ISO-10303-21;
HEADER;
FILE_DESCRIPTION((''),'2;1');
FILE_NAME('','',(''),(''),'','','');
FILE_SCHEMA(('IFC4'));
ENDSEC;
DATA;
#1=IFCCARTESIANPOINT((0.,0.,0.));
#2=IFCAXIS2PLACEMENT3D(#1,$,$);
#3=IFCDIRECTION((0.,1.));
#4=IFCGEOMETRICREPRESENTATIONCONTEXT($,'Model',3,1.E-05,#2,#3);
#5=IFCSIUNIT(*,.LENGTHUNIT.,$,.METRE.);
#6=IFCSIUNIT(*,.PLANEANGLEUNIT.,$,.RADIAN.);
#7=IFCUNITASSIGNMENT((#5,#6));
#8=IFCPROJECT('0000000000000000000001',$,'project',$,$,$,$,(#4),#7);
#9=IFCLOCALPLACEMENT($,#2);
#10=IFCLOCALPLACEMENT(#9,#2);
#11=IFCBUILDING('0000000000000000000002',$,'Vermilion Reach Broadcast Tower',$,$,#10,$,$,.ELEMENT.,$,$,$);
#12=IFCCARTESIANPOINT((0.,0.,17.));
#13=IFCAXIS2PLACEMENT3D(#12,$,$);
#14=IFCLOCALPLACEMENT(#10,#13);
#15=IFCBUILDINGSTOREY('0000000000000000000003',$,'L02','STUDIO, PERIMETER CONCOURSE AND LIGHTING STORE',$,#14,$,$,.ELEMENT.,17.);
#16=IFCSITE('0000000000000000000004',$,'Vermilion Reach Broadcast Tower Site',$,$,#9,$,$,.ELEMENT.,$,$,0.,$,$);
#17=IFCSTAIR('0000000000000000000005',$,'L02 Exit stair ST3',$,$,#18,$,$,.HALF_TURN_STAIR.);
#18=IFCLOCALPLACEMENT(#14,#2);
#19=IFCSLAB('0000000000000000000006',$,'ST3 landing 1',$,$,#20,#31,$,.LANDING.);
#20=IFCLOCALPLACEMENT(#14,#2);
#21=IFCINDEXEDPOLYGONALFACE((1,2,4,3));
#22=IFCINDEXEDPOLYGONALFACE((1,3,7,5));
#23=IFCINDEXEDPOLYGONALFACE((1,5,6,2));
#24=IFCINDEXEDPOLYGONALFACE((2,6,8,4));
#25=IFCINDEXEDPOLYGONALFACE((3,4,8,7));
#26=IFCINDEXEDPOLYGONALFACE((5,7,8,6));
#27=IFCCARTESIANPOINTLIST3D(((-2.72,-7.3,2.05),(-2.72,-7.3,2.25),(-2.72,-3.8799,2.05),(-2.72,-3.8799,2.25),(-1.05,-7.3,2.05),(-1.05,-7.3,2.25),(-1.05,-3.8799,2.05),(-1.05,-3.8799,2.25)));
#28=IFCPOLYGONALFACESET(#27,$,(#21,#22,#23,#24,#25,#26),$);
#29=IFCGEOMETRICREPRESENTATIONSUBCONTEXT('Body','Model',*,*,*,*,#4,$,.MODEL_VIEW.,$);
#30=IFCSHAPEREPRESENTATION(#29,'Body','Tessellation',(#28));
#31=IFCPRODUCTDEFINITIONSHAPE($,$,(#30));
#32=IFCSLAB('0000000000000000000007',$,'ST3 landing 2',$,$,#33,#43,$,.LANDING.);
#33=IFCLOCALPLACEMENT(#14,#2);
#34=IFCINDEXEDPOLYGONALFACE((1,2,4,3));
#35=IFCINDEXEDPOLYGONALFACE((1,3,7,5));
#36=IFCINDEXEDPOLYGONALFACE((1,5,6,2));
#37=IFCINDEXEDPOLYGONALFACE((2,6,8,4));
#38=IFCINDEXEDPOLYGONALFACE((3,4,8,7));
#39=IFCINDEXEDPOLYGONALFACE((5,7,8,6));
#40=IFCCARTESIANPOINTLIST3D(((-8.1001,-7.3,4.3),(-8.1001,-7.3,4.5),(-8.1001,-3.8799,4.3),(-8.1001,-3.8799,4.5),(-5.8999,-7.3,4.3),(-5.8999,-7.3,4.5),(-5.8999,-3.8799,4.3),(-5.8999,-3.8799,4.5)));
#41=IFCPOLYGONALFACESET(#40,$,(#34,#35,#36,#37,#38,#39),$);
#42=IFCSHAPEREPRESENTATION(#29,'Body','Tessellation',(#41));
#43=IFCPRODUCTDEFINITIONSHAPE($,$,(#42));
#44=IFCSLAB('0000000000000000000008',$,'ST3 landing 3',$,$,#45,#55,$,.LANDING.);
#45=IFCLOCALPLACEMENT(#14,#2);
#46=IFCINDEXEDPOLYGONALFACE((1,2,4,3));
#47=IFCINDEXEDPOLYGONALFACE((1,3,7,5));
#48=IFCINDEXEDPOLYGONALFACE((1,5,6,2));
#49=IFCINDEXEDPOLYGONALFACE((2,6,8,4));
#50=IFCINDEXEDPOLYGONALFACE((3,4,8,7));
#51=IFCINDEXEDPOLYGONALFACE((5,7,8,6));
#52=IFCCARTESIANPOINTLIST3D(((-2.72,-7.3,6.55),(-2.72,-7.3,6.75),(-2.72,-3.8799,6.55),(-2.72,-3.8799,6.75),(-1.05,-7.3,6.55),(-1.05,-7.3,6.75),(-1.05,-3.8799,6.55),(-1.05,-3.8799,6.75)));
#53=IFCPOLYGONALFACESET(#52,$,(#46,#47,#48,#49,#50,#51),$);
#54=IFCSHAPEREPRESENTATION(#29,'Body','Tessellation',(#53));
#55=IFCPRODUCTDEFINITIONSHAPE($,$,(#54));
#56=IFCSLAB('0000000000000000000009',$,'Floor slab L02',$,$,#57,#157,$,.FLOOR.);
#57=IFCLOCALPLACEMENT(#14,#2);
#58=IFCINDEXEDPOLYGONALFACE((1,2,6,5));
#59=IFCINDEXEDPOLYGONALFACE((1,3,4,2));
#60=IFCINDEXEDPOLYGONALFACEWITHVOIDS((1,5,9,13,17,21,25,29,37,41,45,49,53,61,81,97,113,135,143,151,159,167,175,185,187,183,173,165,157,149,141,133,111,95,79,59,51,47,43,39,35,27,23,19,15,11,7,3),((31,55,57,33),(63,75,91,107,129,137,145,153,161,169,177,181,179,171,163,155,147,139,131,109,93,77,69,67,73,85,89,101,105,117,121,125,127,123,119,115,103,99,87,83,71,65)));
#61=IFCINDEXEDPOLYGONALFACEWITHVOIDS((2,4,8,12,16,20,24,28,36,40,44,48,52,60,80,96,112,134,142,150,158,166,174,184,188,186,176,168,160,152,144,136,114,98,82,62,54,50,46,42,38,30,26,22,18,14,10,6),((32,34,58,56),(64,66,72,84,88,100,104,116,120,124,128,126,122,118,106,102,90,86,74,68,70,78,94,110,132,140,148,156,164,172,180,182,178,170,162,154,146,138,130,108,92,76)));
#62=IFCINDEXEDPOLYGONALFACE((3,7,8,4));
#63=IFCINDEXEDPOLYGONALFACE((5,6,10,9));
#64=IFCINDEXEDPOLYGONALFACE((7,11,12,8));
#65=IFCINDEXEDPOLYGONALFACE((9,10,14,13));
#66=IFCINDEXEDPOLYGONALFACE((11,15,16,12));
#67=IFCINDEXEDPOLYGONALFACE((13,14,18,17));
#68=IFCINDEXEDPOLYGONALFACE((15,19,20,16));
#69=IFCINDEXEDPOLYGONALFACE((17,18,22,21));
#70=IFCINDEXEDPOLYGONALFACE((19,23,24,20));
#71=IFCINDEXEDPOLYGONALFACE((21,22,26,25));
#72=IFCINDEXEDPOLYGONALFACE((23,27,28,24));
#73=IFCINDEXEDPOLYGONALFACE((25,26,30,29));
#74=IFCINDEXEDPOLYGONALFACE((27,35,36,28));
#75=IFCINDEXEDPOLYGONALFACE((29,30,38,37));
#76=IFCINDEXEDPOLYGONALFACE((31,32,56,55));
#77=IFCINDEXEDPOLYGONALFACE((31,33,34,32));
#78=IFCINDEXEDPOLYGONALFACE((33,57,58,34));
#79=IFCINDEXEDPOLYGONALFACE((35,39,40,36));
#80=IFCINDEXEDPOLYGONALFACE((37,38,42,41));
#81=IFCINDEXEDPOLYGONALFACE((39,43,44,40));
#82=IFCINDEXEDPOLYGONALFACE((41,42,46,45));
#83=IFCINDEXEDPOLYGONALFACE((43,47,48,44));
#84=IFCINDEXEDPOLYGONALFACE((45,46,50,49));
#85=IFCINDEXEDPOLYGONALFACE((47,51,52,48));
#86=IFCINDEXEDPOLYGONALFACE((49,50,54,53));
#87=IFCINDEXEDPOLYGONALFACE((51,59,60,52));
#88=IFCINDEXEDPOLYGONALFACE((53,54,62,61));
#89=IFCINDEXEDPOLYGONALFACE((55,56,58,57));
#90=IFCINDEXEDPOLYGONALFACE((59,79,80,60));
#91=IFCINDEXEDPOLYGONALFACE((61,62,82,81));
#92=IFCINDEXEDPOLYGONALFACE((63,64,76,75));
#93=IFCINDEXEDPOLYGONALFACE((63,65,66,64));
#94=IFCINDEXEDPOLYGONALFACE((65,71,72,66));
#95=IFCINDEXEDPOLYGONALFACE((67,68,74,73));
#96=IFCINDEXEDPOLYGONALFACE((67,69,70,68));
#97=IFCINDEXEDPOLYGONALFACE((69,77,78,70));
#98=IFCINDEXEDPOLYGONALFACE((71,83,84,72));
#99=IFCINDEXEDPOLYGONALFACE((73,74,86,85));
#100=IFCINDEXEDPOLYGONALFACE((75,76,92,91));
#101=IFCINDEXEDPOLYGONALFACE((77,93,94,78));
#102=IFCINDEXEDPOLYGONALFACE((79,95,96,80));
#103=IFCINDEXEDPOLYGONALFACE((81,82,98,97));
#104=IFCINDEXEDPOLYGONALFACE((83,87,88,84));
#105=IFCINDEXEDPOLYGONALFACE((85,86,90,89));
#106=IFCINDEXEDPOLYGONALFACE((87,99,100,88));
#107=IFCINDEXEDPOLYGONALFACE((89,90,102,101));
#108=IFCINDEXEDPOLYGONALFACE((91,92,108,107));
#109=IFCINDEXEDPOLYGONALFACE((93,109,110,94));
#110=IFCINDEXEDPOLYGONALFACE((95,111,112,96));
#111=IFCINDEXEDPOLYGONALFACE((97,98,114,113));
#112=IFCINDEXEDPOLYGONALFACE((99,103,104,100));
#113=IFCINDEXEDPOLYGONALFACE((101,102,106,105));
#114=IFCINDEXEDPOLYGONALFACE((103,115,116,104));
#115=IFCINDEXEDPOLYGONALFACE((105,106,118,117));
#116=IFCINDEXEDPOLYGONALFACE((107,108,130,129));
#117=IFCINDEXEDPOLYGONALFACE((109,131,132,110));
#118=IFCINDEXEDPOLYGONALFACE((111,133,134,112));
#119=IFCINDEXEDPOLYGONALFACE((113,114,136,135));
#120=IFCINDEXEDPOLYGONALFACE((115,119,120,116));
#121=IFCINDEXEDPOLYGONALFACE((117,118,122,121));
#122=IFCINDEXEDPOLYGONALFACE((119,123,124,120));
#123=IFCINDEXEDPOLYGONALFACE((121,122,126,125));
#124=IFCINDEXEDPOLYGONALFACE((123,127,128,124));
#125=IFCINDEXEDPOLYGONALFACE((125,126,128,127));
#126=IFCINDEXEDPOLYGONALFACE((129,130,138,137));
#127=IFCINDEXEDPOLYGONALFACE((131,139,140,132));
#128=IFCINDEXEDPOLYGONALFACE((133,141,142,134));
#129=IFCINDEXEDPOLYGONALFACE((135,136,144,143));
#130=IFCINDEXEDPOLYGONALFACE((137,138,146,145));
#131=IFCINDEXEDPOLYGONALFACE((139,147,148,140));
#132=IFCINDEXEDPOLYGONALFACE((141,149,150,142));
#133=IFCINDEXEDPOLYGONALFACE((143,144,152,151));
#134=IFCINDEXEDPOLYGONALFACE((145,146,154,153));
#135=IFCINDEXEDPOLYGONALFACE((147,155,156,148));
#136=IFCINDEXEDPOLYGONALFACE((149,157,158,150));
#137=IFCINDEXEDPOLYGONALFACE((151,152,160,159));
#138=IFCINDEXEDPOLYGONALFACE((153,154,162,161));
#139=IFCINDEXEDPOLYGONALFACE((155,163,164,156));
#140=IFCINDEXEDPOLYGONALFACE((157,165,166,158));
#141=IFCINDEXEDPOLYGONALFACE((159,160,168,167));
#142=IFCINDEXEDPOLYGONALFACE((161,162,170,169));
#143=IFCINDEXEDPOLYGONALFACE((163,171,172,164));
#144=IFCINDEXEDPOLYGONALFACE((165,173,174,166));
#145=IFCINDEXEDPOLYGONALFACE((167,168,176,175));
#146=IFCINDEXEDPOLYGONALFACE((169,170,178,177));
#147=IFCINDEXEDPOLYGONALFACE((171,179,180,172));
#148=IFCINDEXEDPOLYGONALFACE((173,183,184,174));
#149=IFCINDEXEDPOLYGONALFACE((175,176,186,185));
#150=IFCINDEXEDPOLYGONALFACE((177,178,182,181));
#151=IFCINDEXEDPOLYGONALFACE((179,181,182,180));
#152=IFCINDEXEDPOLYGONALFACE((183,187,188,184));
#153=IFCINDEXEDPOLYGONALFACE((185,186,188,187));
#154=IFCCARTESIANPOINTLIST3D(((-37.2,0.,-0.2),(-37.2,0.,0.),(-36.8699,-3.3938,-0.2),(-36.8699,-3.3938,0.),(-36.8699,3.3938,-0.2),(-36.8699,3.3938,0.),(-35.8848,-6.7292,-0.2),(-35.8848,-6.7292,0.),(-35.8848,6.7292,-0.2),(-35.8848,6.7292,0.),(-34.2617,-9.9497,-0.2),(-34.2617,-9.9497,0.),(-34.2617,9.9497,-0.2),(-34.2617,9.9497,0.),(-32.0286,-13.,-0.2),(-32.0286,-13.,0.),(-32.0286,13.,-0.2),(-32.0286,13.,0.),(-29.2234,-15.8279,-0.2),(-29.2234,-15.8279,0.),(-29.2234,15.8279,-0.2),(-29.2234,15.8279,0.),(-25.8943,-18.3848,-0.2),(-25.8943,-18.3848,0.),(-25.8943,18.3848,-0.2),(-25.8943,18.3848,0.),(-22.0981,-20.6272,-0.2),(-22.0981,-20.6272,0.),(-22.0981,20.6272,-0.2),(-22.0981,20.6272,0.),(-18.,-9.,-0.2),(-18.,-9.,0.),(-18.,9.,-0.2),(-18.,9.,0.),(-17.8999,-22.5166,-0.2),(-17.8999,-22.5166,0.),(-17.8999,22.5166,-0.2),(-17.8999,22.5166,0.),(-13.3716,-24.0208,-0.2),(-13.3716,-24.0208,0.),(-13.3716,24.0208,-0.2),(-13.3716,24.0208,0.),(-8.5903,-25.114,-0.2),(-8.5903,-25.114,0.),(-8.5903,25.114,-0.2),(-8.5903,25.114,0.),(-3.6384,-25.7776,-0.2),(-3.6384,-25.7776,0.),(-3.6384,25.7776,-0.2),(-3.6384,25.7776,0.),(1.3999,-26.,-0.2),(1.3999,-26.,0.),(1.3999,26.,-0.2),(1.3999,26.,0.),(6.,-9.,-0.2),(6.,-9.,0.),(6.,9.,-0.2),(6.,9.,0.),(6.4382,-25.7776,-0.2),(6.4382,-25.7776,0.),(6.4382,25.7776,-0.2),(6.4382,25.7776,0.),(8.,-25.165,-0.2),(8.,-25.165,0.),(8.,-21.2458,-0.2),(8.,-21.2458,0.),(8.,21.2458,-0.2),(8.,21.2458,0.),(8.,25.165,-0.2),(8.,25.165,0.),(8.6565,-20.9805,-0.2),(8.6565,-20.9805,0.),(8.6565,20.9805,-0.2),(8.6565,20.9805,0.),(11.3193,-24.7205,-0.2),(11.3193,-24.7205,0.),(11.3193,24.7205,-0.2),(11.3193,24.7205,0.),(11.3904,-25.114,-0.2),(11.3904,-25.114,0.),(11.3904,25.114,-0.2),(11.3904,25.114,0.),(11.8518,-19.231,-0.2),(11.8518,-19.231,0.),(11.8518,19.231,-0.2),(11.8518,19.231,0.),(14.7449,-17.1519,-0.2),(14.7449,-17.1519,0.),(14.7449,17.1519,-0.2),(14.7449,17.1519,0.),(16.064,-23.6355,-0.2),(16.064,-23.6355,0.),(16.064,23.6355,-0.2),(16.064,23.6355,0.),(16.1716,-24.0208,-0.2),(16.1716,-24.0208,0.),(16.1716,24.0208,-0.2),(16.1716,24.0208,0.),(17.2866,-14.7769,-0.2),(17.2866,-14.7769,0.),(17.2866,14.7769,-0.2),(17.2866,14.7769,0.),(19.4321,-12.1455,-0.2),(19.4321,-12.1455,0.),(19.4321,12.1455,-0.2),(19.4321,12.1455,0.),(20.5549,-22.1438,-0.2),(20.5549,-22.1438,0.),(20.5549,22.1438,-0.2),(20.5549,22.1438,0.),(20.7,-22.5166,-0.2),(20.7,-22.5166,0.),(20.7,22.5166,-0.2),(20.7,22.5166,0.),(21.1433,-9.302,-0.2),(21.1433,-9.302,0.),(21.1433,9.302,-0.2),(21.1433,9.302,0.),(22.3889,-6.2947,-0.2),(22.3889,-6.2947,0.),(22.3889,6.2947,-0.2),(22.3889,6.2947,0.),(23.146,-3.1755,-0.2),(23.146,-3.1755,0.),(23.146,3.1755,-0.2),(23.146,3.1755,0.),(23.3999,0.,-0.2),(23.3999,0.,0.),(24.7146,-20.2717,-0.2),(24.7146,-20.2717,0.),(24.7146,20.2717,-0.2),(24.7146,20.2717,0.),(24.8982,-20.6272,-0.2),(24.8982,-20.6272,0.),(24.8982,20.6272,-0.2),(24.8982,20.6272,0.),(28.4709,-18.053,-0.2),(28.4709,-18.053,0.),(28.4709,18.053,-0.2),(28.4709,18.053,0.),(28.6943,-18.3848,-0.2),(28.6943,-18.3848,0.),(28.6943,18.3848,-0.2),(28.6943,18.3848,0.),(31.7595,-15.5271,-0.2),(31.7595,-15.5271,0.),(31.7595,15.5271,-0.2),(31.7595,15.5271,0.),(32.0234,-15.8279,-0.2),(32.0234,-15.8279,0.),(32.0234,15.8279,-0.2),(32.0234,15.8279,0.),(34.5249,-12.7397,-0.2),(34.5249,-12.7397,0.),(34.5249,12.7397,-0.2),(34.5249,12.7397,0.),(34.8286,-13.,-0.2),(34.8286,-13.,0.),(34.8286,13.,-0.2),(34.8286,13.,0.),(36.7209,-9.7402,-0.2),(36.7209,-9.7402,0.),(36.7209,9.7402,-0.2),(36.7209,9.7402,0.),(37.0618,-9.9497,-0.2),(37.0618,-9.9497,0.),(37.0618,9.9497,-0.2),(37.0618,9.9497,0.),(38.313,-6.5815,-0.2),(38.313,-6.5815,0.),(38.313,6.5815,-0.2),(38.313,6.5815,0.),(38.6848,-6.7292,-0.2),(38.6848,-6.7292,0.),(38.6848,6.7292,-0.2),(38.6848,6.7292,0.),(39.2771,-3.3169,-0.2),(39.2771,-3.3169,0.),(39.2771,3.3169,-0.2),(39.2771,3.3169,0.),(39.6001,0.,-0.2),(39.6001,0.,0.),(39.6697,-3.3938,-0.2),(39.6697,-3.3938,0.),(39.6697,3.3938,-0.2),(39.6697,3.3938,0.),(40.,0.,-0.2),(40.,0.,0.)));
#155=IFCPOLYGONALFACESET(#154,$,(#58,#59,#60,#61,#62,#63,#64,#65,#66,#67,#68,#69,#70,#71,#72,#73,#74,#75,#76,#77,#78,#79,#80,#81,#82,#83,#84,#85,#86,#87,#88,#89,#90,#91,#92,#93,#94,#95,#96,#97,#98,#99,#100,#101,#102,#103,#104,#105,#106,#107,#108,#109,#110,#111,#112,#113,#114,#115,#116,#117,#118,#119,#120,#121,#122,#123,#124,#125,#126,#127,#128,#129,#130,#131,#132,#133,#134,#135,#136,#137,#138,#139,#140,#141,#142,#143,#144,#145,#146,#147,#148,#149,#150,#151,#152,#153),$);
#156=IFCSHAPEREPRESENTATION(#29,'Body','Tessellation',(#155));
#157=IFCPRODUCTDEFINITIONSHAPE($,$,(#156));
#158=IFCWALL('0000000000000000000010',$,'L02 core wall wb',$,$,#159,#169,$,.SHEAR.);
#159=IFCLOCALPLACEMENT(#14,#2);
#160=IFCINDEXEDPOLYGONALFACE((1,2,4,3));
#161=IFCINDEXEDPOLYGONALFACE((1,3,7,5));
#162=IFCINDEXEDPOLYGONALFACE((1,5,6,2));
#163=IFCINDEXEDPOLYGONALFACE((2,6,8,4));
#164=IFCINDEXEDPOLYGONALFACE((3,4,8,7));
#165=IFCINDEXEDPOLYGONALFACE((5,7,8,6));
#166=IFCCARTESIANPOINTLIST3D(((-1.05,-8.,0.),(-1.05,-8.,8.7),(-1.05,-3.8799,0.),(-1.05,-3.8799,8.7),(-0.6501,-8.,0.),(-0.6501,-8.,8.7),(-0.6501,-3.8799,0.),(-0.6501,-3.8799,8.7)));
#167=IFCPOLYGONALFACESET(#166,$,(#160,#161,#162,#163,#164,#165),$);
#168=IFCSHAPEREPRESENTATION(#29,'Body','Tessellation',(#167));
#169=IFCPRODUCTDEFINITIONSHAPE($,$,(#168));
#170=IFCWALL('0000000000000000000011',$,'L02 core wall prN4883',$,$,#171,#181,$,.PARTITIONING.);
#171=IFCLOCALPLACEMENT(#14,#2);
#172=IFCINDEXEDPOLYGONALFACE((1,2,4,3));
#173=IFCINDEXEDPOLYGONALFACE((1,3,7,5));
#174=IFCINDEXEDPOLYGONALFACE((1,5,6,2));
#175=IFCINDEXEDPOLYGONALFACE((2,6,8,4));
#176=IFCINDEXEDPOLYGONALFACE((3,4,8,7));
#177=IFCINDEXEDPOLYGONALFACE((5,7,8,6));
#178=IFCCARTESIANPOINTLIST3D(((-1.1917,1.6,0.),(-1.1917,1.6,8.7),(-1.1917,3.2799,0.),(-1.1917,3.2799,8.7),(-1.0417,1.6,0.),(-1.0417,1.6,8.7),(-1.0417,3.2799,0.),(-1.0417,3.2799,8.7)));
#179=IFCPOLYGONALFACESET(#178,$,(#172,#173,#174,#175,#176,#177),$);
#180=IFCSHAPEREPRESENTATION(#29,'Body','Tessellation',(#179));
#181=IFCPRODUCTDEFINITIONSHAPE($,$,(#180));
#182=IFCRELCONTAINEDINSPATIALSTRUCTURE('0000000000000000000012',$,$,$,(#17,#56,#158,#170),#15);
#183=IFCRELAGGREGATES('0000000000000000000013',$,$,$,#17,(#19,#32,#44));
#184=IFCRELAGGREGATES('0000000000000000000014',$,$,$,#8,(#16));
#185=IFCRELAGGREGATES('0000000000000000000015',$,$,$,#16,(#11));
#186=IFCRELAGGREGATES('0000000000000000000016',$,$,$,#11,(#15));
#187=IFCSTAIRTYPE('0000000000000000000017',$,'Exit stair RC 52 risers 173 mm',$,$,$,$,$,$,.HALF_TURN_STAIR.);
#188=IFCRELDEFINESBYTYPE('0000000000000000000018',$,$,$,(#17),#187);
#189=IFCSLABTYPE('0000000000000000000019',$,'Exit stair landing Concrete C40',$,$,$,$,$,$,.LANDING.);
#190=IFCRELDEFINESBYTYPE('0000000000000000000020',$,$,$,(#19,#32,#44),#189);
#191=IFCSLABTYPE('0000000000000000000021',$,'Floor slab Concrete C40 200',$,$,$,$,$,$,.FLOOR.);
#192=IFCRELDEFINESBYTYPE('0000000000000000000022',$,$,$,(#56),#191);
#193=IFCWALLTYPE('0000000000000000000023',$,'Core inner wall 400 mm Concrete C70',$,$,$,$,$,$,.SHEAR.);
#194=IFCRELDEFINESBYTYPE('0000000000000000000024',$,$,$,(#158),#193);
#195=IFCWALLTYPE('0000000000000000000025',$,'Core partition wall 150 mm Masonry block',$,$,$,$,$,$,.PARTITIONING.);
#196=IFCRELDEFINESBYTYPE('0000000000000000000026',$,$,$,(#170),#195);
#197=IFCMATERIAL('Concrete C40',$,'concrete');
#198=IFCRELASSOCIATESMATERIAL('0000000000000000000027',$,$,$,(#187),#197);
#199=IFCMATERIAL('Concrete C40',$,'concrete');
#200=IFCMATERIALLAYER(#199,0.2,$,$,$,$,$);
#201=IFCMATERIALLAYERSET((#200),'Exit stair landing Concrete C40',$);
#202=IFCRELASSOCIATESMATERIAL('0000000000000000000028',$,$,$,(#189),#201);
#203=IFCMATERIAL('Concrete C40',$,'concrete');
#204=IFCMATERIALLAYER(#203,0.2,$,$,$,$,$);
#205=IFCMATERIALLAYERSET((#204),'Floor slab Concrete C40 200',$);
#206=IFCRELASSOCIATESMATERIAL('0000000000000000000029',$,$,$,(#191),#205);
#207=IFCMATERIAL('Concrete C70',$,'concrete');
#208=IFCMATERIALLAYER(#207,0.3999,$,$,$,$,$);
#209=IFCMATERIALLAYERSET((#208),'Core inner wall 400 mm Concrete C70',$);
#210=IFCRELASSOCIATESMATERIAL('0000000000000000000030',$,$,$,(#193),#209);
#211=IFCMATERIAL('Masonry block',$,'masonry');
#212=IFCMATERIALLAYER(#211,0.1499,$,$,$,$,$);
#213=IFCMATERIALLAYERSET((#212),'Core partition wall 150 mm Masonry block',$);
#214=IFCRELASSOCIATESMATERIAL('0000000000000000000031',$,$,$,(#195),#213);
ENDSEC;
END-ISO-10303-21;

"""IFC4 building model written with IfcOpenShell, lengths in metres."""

from ifc_helpers import new_model, si_unit, direction, frame, frame_2d, origin, place, context, subcontext, project, spatial, polyline, rectangle, outline, extrude, material, layer, layer_set, type_object, element, aggregate, save


model = new_model("IFC4")

# Units and contexts
model_context = context("Model", 3, precision=1e-05, world=origin(), true_north=direction((0.0, 1.0)))
body_context = subcontext(model_context, "Body", "Model", "MODEL_VIEW")
ifc_project = project(units=[si_unit("LENGTHUNIT", "METRE"), si_unit("PLANEANGLEUNIT", "RADIAN")], contexts=[model_context])

# Site, building, storey
site_placement = place(None, origin())
site = spatial("IfcSite", under=ifc_project, at=site_placement, Name="Vermilion Reach Broadcast Tower Site", CompositionType="ELEMENT", RefElevation=0.0)
building_placement = place(site_placement, origin())
building = spatial("IfcBuilding", under=site, at=building_placement, Name="Vermilion Reach Broadcast Tower", CompositionType="ELEMENT")
storey_placement = place(building_placement, frame((0.0, 0.0, 17.0)))
storey = spatial("IfcBuildingStorey", under=building, at=storey_placement, Name="L02", Description="STUDIO, PERIMETER CONCOURSE AND LIGHTING STORE", CompositionType="ELEMENT", Elevation=17.0)

# Stair, slabs
ifc_material_1 = material(Name="Concrete C40", Category="concrete")
stair_type = type_object("IfcStairType", Name="Exit stair RC 52 risers 173 mm", PredefinedType="HALF_TURN_STAIR", material=ifc_material_1)
placement_1 = place(storey_placement, origin())
ifc_material_2 = material(Name="Concrete C40", Category="concrete")
ifc_layer_1 = layer(ifc_material_2, 0.2)
ifc_layer_set_1 = layer_set([ifc_layer_1], Name="Exit stair landing Concrete C40")
slab_type_1 = type_object("IfcSlabType", Name="Exit stair landing Concrete C40", PredefinedType="LANDING", material=ifc_layer_set_1)
placement_2 = place(storey_placement, frame((0.0, 0.0, 2.05)))
placement_3 = place(storey_placement, frame((0.0, 0.0, 4.3)))
placement_4 = place(storey_placement, frame((0.0, 0.0, 6.55)))
stair_1 = element("IfcStair", 1, at=placement_1, inside=storey, type_object=stair_type, Name="L02 Exit stair ST3", PredefinedType="HALF_TURN_STAIR")
slab_1 = element("IfcSlab", 2, at=placement_2, type_object=slab_type_1, Name="ST3 landing 1", PredefinedType="LANDING", context=body_context, shape_type="SweptSolid", body=[
    extrude(outline(polyline([(-2.72, -7.3), (-1.05, -7.3), (-1.05, -3.8799), (-2.72, -3.8799), (-2.72, -7.3)])), origin(), (0.0, 0.0, 1.0), 0.2),
])
slab_2 = element("IfcSlab", 3, at=placement_3, type_object=slab_type_1, Name="ST3 landing 2", PredefinedType="LANDING", context=body_context, shape_type="SweptSolid", body=[
    extrude(outline(polyline([(-8.1001, -7.3), (-5.8999, -7.3), (-5.8999, -3.8799), (-8.1001, -3.8799), (-8.1001, -7.3)])), origin(), (0.0, 0.0, 1.0), 0.2),
])
slab_3 = element("IfcSlab", 4, at=placement_4, type_object=slab_type_1, Name="ST3 landing 3", PredefinedType="LANDING", context=body_context, shape_type="SweptSolid", body=[
    extrude(outline(polyline([(-2.72, -7.3), (-1.05, -7.3), (-1.05, -3.8799), (-2.72, -3.8799), (-2.72, -7.3)])), origin(), (0.0, 0.0, 1.0), 0.2),
])

# Slab
ifc_material_3 = material(Name="Concrete C40", Category="concrete")
ifc_layer_2 = layer(ifc_material_3, 0.2)
ifc_layer_set_2 = layer_set([ifc_layer_2], Name="Floor slab Concrete C40 200")
slab_type_2 = type_object("IfcSlabType", Name="Floor slab Concrete C40 200", PredefinedType="FLOOR", material=ifc_layer_set_2)
slab_4_placement = place(storey_placement, frame((0.0, 0.0, -0.2)))
element("IfcSlab", 5, at=slab_4_placement, inside=storey, type_object=slab_type_2, Name="Floor slab L02", PredefinedType="FLOOR", context=body_context, shape_type="SweptSolid", body=[
    extrude(outline(polyline([(40.0, 0.0), (39.6697, 3.3938), (38.6848, 6.7292), (37.0618, 9.9497), (34.8286, 13.0), (32.0234, 15.8279), (28.6943, 18.3848), (24.8982, 20.6272), (20.7, 22.5166), (16.1716, 24.0208), (11.3904, 25.114), (6.4382, 25.7776), (1.3999, 26.0), (-3.6384, 25.7776), (-8.5903, 25.114), (-13.3716, 24.0208), (-17.8999, 22.5166), (-22.0981, 20.6272), (-25.8943, 18.3848), (-29.2234, 15.8279), (-32.0286, 13.0), (-34.2617, 9.9497), (-35.8848, 6.7292), (-36.8699, 3.3938), (-37.2, 0.0), (-36.8699, -3.3938), (-35.8848, -6.7292), (-34.2617, -9.9497), (-32.0286, -13.0), (-29.2234, -15.8279), (-25.8943, -18.3848), (-22.0981, -20.6272), (-17.8999, -22.5166), (-13.3716, -24.0208), (-8.5903, -25.114), (-3.6384, -25.7776), (1.3999, -26.0), (6.4382, -25.7776), (11.3904, -25.114), (16.1716, -24.0208), (20.7, -22.5166), (24.8982, -20.6272), (28.6943, -18.3848), (32.0234, -15.8279), (34.8286, -13.0), (37.0618, -9.9497), (38.6848, -6.7292), (39.6697, -3.3938), (40.0, 0.0)]), holes=[polyline([(8.0, 25.165), (8.0, 21.2458), (8.6565, 20.9805), (11.8518, 19.231), (14.7449, 17.1519), (17.2866, 14.7769), (19.4321, 12.1455), (21.1433, 9.302), (22.3889, 6.2947), (23.146, 3.1755), (23.3999, 0.0), (23.146, -3.1755), (22.3889, -6.2947), (21.1433, -9.302), (19.4321, -12.1455), (17.2866, -14.7769), (14.7449, -17.1519), (11.8518, -19.231), (8.6565, -20.9805), (8.0, -21.2458), (8.0, -25.165), (11.3193, -24.7205), (16.064, -23.6355), (20.5549, -22.1438), (24.7146, -20.2717), (28.4709, -18.053), (31.7595, -15.5271), (34.5249, -12.7397), (36.7209, -9.7402), (38.313, -6.5815), (39.2771, -3.3169), (39.6001, 0.0), (39.2771, 3.3169), (38.313, 6.5815), (36.7209, 9.7402), (34.5249, 12.7397), (31.7595, 15.5271), (28.4709, 18.053), (24.7146, 20.2717), (20.5549, 22.1438), (16.064, 23.6355), (11.3193, 24.7205), (8.0, 25.165)]), polyline([(-18.0, -9.0), (6.0, -9.0), (6.0, 9.0), (-18.0, 9.0), (-18.0, -9.0)])]), origin(), (0.0, 0.0, 1.0), 0.2),
])

# Walls
ifc_material_4 = material(Name="Concrete C70", Category="concrete")
ifc_layer_3 = layer(ifc_material_4, 0.3999)
ifc_layer_set_3 = layer_set([ifc_layer_3], Name="Core inner wall 400 mm Concrete C70")
wall_type_1 = type_object("IfcWallType", Name="Core inner wall 400 mm Concrete C70", PredefinedType="SHEAR", material=ifc_layer_set_3)
wall_1_placement = place(storey_placement, frame((-0.8501, -3.8799, 0.0), z_axis=(0.0, 0.0, 1.0), x_axis=(0.0, -1.0, 0.0)))
element("IfcWall", 6, at=wall_1_placement, inside=storey, type_object=wall_type_1, Name="L02 core wall wb", PredefinedType="SHEAR", context=body_context, shape_type="SweptSolid", body=[
    extrude(rectangle(XDim=4.1201, YDim=0.3999, at=frame_2d((2.0601, 0.0))), origin(), (0.0, 0.0, 1.0), 8.7),
])
ifc_material_5 = material(Name="Masonry block", Category="masonry")
ifc_layer_4 = layer(ifc_material_5, 0.1499)
ifc_layer_set_4 = layer_set([ifc_layer_4], Name="Core partition wall 150 mm Masonry block")
wall_type_2 = type_object("IfcWallType", Name="Core partition wall 150 mm Masonry block", PredefinedType="PARTITIONING", material=ifc_layer_set_4)
wall_2_placement = place(storey_placement, frame((-1.1167, 1.6001, 0.0), z_axis=(0.0, 0.0, 1.0), x_axis=(0.0, 1.0, 0.0)))
element("IfcWall", 7, at=wall_2_placement, inside=storey, type_object=wall_type_2, Name="L02 core wall prN4883", PredefinedType="PARTITIONING", context=body_context, shape_type="SweptSolid", body=[
    extrude(rectangle(XDim=1.6799, YDim=0.1499, at=frame_2d((0.8398, 0.0))), origin(), (0.0, 0.0, 1.0), 8.7),
])

aggregate(stair_1, [slab_1, slab_2, slab_3])

save(model, "model.ifc")
